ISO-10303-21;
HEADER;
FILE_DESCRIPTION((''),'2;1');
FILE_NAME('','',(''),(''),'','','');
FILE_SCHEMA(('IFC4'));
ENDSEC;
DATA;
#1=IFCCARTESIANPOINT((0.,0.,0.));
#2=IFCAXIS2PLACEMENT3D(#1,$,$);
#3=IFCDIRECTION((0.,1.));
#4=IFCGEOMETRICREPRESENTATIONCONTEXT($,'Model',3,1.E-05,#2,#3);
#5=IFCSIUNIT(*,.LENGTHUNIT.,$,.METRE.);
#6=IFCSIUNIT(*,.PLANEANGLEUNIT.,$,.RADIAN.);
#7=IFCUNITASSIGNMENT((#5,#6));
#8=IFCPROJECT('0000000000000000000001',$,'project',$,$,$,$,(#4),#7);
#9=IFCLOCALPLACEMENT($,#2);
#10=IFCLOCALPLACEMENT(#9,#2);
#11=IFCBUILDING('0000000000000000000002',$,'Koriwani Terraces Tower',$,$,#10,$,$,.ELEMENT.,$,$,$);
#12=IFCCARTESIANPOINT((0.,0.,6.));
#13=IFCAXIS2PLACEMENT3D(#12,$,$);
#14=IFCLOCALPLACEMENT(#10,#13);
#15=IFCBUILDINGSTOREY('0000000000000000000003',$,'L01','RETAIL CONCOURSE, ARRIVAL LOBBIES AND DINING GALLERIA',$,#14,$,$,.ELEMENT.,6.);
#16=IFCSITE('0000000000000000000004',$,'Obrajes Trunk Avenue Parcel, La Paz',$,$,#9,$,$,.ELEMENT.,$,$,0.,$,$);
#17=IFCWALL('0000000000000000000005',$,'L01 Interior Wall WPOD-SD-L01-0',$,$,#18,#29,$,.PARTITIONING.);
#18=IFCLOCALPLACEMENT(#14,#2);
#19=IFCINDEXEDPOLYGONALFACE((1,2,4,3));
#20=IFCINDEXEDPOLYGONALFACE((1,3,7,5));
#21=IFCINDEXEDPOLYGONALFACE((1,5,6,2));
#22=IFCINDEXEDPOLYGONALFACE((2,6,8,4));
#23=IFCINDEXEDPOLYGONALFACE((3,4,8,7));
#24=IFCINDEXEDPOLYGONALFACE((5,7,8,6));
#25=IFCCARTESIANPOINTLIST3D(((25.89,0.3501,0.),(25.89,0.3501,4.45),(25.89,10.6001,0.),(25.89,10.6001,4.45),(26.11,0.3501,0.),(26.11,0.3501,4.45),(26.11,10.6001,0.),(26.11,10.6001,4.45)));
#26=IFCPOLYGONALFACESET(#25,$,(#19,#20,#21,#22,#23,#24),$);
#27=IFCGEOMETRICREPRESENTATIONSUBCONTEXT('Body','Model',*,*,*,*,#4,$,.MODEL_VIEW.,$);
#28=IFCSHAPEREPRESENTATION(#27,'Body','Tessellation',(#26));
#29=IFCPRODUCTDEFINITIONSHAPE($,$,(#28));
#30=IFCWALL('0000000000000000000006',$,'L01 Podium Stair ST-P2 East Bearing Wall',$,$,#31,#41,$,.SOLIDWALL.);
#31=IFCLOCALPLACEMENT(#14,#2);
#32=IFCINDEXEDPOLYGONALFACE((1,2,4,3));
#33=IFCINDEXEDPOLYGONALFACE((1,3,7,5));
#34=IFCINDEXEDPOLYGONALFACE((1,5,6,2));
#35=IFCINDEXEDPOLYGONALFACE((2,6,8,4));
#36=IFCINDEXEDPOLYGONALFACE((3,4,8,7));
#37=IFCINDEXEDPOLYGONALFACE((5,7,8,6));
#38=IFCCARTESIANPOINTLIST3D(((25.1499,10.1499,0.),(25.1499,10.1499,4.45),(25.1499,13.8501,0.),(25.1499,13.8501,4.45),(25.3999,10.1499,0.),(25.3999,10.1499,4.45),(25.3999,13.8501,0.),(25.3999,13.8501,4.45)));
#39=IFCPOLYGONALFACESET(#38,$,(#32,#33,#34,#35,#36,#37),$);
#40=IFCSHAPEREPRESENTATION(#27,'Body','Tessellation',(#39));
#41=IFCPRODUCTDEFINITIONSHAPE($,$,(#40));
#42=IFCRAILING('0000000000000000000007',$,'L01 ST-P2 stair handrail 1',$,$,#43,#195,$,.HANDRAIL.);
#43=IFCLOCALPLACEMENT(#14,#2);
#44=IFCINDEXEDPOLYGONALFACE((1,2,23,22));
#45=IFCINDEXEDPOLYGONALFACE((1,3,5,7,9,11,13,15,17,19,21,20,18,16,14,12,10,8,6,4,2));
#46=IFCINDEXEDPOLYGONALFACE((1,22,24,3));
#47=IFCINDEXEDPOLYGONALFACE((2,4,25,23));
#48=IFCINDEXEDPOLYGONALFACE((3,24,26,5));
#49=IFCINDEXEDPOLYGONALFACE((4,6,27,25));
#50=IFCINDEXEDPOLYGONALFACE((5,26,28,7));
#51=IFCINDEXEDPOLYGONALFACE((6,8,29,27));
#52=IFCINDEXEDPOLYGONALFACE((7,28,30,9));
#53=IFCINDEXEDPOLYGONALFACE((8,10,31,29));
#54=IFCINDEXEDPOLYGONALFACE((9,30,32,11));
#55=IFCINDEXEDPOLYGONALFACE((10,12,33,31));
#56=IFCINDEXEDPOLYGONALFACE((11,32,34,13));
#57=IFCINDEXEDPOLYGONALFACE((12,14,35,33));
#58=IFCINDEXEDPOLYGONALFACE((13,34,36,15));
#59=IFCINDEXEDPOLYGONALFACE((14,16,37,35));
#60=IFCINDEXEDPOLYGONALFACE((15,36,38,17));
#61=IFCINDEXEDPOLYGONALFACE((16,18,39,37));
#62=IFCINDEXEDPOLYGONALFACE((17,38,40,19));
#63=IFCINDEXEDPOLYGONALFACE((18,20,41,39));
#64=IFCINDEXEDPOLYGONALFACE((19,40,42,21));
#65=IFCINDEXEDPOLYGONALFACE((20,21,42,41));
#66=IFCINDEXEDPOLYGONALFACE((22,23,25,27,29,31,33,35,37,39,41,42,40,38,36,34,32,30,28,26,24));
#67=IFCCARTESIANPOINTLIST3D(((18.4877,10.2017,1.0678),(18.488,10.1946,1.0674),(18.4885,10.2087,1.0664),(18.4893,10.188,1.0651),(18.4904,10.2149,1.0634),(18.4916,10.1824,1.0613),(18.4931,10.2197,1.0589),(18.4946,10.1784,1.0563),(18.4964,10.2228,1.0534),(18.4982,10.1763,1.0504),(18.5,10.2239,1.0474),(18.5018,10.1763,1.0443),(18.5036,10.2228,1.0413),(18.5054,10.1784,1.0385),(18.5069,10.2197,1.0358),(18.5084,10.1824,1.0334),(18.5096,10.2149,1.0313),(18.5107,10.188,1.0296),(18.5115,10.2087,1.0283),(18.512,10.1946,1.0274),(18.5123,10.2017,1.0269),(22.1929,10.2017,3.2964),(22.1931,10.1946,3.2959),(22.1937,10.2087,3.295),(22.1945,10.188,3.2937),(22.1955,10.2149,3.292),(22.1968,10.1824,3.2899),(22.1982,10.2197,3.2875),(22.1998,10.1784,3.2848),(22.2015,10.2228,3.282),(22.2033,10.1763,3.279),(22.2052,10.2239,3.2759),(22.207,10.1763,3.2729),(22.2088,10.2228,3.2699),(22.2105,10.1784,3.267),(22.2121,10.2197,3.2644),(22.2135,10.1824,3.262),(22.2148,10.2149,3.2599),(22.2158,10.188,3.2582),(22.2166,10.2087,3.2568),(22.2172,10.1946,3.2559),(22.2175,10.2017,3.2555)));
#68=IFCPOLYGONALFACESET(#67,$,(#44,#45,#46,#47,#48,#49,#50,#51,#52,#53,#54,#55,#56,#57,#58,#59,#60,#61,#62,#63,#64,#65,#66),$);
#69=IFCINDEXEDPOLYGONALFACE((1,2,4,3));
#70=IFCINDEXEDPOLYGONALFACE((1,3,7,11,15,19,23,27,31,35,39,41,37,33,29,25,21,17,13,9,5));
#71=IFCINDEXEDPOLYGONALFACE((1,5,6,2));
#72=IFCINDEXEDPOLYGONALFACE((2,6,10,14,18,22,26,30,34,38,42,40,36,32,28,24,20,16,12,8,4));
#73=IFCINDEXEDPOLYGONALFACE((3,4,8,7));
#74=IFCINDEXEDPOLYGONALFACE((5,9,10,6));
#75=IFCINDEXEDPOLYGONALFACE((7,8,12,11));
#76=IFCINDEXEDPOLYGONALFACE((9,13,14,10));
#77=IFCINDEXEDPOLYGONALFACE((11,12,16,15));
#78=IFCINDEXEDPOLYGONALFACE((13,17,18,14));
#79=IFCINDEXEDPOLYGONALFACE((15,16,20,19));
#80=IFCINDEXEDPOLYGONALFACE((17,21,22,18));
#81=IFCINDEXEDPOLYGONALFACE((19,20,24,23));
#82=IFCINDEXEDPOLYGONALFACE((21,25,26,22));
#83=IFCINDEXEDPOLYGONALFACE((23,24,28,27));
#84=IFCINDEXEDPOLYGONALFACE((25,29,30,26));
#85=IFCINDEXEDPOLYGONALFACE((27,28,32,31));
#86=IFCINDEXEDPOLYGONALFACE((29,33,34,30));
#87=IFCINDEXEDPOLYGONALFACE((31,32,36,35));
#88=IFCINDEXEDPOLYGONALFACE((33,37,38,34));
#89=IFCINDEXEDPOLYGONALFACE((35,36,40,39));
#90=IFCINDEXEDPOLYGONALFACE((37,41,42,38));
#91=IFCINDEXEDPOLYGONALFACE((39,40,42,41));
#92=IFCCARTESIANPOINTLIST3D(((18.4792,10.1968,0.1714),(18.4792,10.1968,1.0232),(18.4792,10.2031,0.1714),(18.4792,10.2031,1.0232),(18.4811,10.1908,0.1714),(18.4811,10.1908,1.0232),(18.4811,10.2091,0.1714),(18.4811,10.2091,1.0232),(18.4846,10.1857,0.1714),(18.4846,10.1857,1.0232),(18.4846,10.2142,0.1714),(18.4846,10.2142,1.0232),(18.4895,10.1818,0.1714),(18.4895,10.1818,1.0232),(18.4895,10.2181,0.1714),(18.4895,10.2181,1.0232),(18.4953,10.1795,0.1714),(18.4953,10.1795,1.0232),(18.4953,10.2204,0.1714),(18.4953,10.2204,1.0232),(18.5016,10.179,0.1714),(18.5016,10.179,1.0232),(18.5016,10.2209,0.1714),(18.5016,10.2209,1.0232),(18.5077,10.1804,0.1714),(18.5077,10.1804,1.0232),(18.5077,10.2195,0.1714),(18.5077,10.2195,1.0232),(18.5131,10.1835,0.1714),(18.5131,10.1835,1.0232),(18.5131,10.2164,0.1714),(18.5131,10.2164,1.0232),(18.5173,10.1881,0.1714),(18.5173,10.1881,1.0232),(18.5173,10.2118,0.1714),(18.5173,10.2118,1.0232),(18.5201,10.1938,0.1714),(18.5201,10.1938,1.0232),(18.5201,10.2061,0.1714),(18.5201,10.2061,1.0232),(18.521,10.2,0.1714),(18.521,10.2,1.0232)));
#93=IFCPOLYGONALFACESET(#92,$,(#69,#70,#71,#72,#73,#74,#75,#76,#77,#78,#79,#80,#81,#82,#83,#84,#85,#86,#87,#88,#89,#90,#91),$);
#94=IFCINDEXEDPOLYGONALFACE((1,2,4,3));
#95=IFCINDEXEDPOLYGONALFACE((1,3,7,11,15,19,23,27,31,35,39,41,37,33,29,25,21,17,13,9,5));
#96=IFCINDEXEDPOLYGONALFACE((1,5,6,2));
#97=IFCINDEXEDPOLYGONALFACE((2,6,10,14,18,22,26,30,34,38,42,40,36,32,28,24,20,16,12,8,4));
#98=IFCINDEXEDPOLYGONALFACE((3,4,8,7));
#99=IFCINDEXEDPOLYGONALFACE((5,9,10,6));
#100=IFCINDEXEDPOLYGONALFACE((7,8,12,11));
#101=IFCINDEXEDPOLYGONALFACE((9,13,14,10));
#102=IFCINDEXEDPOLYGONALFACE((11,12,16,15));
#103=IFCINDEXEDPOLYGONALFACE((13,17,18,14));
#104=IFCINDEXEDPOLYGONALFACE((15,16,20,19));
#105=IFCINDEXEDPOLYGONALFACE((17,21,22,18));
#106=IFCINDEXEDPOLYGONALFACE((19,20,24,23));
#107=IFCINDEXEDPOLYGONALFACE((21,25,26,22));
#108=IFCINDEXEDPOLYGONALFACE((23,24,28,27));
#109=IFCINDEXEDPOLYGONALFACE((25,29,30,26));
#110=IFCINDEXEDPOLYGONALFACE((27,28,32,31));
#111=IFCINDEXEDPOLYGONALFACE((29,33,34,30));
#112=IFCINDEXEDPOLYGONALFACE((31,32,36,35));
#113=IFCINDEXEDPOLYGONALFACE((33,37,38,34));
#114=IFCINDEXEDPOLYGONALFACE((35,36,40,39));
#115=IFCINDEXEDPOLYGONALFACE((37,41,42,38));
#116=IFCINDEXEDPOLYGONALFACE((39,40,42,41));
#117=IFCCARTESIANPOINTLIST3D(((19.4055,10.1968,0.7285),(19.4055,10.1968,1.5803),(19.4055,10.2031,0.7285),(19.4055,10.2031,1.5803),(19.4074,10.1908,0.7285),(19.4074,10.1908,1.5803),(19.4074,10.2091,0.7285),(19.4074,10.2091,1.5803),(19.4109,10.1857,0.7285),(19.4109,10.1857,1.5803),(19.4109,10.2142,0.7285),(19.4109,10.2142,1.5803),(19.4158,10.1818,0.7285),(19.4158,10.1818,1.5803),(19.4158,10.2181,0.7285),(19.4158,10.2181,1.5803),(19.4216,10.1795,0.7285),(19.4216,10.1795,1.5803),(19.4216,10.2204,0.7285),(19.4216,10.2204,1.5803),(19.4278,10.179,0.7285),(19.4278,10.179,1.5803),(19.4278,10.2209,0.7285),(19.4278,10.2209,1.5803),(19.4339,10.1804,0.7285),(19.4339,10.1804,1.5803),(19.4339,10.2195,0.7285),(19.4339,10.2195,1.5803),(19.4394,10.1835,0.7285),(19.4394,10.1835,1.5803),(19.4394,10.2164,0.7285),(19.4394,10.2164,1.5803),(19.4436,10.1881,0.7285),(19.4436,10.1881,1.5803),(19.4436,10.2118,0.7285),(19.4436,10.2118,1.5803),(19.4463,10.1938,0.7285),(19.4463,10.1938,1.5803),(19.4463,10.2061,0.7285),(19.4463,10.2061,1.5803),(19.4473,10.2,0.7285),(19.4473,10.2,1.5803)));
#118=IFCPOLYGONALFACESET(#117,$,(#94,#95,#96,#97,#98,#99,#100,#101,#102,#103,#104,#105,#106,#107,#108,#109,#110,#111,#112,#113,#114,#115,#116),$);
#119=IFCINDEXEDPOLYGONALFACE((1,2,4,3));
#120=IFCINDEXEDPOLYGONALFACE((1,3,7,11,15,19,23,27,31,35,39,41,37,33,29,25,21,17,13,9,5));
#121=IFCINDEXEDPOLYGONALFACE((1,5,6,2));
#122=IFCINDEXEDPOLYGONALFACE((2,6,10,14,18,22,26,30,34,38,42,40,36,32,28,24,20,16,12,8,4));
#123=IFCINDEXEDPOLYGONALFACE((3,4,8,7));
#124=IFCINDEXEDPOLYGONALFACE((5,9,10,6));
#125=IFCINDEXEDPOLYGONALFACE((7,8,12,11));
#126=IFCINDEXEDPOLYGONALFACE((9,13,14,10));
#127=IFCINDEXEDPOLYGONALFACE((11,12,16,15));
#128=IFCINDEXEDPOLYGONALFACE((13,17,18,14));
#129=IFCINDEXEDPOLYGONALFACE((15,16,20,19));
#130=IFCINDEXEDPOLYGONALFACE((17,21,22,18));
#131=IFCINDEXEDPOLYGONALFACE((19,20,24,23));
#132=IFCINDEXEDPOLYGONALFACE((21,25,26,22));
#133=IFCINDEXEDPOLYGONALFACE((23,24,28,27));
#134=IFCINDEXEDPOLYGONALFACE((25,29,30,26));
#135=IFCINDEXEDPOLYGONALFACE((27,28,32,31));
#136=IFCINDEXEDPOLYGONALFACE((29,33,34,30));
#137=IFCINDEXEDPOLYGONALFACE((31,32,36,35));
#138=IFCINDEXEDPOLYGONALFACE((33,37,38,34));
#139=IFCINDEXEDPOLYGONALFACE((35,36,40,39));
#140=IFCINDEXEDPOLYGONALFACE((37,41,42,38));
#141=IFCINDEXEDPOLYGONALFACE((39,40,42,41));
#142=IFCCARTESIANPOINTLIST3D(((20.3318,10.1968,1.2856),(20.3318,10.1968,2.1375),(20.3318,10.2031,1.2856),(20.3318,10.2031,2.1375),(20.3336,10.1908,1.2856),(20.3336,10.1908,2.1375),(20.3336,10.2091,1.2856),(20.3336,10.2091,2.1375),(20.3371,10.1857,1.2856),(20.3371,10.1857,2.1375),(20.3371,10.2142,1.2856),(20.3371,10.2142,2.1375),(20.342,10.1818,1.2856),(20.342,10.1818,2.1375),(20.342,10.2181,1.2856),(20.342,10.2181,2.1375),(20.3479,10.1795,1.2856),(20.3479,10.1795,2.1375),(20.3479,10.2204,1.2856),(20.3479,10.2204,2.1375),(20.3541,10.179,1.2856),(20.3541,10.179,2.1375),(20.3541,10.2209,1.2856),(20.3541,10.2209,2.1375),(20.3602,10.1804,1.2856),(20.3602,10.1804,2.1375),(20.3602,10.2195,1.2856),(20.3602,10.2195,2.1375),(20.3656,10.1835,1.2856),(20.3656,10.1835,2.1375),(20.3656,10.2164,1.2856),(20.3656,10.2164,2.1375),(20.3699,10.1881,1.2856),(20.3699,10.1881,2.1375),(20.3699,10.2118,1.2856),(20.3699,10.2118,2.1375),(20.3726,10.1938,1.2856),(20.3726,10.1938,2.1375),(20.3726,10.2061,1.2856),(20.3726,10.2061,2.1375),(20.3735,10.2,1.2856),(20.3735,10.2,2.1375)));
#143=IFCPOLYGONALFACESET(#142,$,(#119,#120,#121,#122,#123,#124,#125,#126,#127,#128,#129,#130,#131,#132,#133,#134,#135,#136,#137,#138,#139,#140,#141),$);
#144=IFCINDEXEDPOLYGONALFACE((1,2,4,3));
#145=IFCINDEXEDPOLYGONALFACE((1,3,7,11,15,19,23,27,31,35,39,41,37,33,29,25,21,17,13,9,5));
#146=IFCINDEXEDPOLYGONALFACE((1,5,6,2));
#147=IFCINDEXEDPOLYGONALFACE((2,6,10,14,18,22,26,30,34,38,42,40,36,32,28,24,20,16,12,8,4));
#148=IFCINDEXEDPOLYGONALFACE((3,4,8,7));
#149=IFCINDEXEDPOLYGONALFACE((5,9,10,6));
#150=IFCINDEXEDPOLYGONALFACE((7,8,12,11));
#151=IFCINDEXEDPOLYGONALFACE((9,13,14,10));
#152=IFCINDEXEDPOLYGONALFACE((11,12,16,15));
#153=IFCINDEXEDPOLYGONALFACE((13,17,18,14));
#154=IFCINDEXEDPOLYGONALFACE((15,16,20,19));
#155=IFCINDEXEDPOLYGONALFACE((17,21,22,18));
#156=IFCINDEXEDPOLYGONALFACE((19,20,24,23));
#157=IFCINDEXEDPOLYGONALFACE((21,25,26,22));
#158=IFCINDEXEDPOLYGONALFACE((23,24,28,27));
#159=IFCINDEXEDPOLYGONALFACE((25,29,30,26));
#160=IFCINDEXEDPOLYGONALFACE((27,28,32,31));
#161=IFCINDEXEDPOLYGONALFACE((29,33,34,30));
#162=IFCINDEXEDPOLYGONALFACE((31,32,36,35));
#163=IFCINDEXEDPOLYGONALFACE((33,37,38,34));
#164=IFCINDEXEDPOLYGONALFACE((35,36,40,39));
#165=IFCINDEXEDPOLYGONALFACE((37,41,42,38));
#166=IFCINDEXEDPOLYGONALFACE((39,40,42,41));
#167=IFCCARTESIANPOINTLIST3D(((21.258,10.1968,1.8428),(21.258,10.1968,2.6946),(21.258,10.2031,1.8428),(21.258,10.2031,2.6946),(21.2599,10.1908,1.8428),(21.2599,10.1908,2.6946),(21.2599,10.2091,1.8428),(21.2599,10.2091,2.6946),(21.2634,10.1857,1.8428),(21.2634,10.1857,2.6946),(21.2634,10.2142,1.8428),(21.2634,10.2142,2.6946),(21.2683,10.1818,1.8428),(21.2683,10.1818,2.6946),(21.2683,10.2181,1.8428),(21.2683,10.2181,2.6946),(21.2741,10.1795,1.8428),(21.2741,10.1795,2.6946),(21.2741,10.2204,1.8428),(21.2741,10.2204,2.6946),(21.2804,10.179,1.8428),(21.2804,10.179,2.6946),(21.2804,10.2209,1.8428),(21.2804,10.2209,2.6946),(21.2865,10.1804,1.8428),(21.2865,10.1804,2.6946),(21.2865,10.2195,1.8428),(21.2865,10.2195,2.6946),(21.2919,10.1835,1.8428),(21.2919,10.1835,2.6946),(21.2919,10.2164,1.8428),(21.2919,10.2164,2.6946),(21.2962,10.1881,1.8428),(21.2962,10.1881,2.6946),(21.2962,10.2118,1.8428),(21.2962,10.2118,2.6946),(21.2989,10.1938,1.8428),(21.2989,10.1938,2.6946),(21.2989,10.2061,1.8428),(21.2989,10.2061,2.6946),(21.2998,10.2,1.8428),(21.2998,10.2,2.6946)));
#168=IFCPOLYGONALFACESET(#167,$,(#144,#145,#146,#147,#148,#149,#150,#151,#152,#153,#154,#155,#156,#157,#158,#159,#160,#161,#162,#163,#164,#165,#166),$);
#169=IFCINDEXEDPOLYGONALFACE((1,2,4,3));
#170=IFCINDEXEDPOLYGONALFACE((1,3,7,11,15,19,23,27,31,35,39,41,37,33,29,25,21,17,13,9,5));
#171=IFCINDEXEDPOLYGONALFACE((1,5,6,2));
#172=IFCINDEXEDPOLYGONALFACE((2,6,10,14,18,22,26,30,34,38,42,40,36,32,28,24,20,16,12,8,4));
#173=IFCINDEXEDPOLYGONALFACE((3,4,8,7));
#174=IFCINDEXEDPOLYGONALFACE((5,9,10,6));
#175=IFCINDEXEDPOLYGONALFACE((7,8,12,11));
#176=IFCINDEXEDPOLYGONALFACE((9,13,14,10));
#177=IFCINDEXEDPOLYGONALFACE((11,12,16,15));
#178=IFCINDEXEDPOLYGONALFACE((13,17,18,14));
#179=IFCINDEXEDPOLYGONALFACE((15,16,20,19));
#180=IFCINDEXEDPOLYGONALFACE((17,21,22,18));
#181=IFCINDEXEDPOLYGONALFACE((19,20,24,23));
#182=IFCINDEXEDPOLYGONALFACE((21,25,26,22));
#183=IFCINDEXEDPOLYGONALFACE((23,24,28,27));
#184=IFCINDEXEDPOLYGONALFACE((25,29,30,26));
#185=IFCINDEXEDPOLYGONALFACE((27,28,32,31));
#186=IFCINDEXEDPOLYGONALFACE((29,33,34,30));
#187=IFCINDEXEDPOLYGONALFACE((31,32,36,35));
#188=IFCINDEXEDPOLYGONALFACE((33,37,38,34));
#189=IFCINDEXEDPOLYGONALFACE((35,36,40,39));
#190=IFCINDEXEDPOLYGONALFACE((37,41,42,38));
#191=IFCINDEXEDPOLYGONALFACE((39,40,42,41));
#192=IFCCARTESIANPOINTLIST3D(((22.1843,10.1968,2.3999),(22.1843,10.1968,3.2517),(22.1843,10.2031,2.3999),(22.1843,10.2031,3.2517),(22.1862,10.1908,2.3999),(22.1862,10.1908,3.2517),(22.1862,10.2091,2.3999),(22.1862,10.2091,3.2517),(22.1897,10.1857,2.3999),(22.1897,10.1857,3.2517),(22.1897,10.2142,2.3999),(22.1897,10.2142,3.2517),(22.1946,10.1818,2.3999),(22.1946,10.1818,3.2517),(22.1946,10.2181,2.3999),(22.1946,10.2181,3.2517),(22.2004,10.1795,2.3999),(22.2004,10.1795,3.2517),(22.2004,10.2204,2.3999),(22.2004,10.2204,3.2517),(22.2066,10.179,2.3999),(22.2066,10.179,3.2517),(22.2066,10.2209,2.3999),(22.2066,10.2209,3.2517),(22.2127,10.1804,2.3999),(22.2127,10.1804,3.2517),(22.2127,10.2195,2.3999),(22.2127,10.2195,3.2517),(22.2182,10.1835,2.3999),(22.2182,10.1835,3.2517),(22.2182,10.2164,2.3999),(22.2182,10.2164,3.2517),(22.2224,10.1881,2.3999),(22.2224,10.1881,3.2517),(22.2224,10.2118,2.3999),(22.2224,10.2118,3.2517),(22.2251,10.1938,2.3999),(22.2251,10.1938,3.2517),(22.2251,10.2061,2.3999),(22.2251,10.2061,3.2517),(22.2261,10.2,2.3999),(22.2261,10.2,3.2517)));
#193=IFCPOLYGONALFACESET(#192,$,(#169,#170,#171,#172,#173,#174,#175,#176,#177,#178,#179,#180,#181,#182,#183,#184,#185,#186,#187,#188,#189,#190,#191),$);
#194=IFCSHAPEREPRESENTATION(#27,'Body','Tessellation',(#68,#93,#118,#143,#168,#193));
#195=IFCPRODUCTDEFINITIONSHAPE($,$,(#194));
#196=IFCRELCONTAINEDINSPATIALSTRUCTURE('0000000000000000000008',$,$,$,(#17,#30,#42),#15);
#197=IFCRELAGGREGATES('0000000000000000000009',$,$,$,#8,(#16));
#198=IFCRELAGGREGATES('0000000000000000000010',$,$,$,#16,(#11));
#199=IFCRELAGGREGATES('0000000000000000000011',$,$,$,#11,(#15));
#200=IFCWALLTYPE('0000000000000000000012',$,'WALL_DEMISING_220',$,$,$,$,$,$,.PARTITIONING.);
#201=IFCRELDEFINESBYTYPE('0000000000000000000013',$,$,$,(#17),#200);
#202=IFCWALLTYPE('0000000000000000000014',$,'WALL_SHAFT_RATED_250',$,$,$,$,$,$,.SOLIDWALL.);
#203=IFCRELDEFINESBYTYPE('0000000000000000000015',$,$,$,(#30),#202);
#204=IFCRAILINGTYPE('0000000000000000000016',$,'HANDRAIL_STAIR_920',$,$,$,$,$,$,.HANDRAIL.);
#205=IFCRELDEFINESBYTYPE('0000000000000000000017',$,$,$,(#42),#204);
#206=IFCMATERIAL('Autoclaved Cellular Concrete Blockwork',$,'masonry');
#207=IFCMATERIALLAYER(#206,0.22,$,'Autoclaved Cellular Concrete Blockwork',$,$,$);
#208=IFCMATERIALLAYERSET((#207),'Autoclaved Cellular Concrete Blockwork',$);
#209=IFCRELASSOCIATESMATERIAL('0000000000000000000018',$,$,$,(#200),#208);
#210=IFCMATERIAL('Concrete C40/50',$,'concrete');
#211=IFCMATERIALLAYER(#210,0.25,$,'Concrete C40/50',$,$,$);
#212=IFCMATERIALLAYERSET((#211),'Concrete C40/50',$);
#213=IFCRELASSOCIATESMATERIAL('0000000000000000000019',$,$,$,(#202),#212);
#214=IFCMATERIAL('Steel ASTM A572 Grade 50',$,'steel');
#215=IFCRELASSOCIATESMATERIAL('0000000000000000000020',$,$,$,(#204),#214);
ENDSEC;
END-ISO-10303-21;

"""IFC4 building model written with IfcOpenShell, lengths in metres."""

from ifc_helpers import new_model, si_unit, direction, frame, frame_2d, origin, origin_2d, place, context, subcontext, project, spatial, rectangle, circle, extrude, material, layer, layer_set, type_object, element, save


model = new_model("IFC4")

# Units and contexts
model_context = context("Model", 3, precision=1e-05, world=origin(), true_north=direction((0.0, 1.0)))
body_context = subcontext(model_context, "Body", "Model", "MODEL_VIEW")
ifc_project = project(units=[si_unit("LENGTHUNIT", "METRE"), si_unit("PLANEANGLEUNIT", "RADIAN")], contexts=[model_context])

# Site, building, storey
site_placement = place(None, origin())
site = spatial("IfcSite", under=ifc_project, at=site_placement, Name="Obrajes Trunk Avenue Parcel, La Paz", CompositionType="ELEMENT", RefElevation=0.0)
building_placement = place(site_placement, origin())
building = spatial("IfcBuilding", under=site, at=building_placement, Name="Koriwani Terraces Tower", CompositionType="ELEMENT")
storey_placement = place(building_placement, frame((0.0, 0.0, 6.0)))
storey = spatial("IfcBuildingStorey", under=building, at=storey_placement, Name="L01", Description="RETAIL CONCOURSE, ARRIVAL LOBBIES AND DINING GALLERIA", CompositionType="ELEMENT", Elevation=6.0)

# Shared definitions
ifc_material_1 = material(Name="Concrete C40/50", Category="concrete")
ifc_material_2 = material(Name="Steel ASTM A572 Grade 50", Category="steel")

# Walls
ifc_material_3 = material(Name="Autoclaved Cellular Concrete Blockwork", Category="masonry")
ifc_layer_1 = layer(ifc_material_3, 0.22, Name="Autoclaved Cellular Concrete Blockwork")
ifc_layer_set_1 = layer_set([ifc_layer_1], Name="Autoclaved Cellular Concrete Blockwork")
wall_type_1 = type_object("IfcWallType", Name="WALL_DEMISING_220", PredefinedType="PARTITIONING", material=ifc_layer_set_1)
wall_1_placement = place(storey_placement, frame((26.0, 0.3501, 0.0), z_axis=(0.0, 0.0, 1.0), x_axis=(0.0, 1.0, 0.0)))
element("IfcWall", 1, at=wall_1_placement, inside=storey, type_object=wall_type_1, Name="L01 Interior Wall WPOD-SD-L01-0", PredefinedType="PARTITIONING", context=body_context, shape_type="SweptSolid", body=[
    extrude(rectangle(XDim=10.25, YDim=0.22, at=frame_2d((5.125, 0.0))), origin(), (0.0, 0.0, 1.0), 4.45),
])
ifc_layer_2 = layer(ifc_material_1, 0.25, Name="Concrete C40/50")
ifc_layer_set_2 = layer_set([ifc_layer_2], Name="Concrete C40/50")
wall_type_2 = type_object("IfcWallType", Name="WALL_SHAFT_RATED_250", PredefinedType="SOLIDWALL", material=ifc_layer_set_2)
wall_2_placement = place(storey_placement, frame((25.2749, 10.1499, 0.0), z_axis=(0.0, 0.0, 1.0), x_axis=(0.0, 1.0, 0.0)))
element("IfcWall", 2, at=wall_2_placement, inside=storey, type_object=wall_type_2, Name="L01 Podium Stair ST-P2 East Bearing Wall", PredefinedType="SOLIDWALL", context=body_context, shape_type="SweptSolid", body=[
    extrude(rectangle(XDim=3.7002, YDim=0.25, at=frame_2d((1.8501, 0.0))), origin(), (0.0, 0.0, 1.0), 4.45),
])

# Railing
railing_type = type_object("IfcRailingType", Name="HANDRAIL_STAIR_920", PredefinedType="HANDRAIL", material=ifc_material_2)
railing_placement = place(storey_placement, frame((18.5, 10.2, 0.1714)))
element("IfcRailing", 3, at=railing_placement, inside=storey, type_object=railing_type, Name="L01 ST-P2 stair handrail 1", PredefinedType="HANDRAIL", context=body_context, shape_type="SweptSolid", body=[
    extrude(circle(Radius=0.0239, at=origin_2d()), frame((0.0, 0.0, 0.876), z_axis=(0.856934, 0.0, 0.515425), x_axis=(0.0, 1.0, 0.0)), (0.0, 0.0, 1.0), 4.3237),
    extrude(circle(Radius=0.021, at=origin_2d()), origin(), (0.0, 0.0, 1.0), 0.8518),
    extrude(circle(Radius=0.021, at=origin_2d()), frame((0.9263, 0.0, 0.5571)), (0.0, 0.0, 1.0), 0.8518),
    extrude(circle(Radius=0.021, at=origin_2d()), frame((1.8525, 0.0, 1.1143)), (0.0, 0.0, 1.0), 0.8518),
    extrude(circle(Radius=0.021, at=origin_2d()), frame((2.7788, 0.0, 1.6714)), (0.0, 0.0, 1.0), 0.8518),
    extrude(circle(Radius=0.021, at=origin_2d()), frame((3.7051, 0.0, 2.2285)), (0.0, 0.0, 1.0), 0.8518),
])

save(model, "model.ifc")
